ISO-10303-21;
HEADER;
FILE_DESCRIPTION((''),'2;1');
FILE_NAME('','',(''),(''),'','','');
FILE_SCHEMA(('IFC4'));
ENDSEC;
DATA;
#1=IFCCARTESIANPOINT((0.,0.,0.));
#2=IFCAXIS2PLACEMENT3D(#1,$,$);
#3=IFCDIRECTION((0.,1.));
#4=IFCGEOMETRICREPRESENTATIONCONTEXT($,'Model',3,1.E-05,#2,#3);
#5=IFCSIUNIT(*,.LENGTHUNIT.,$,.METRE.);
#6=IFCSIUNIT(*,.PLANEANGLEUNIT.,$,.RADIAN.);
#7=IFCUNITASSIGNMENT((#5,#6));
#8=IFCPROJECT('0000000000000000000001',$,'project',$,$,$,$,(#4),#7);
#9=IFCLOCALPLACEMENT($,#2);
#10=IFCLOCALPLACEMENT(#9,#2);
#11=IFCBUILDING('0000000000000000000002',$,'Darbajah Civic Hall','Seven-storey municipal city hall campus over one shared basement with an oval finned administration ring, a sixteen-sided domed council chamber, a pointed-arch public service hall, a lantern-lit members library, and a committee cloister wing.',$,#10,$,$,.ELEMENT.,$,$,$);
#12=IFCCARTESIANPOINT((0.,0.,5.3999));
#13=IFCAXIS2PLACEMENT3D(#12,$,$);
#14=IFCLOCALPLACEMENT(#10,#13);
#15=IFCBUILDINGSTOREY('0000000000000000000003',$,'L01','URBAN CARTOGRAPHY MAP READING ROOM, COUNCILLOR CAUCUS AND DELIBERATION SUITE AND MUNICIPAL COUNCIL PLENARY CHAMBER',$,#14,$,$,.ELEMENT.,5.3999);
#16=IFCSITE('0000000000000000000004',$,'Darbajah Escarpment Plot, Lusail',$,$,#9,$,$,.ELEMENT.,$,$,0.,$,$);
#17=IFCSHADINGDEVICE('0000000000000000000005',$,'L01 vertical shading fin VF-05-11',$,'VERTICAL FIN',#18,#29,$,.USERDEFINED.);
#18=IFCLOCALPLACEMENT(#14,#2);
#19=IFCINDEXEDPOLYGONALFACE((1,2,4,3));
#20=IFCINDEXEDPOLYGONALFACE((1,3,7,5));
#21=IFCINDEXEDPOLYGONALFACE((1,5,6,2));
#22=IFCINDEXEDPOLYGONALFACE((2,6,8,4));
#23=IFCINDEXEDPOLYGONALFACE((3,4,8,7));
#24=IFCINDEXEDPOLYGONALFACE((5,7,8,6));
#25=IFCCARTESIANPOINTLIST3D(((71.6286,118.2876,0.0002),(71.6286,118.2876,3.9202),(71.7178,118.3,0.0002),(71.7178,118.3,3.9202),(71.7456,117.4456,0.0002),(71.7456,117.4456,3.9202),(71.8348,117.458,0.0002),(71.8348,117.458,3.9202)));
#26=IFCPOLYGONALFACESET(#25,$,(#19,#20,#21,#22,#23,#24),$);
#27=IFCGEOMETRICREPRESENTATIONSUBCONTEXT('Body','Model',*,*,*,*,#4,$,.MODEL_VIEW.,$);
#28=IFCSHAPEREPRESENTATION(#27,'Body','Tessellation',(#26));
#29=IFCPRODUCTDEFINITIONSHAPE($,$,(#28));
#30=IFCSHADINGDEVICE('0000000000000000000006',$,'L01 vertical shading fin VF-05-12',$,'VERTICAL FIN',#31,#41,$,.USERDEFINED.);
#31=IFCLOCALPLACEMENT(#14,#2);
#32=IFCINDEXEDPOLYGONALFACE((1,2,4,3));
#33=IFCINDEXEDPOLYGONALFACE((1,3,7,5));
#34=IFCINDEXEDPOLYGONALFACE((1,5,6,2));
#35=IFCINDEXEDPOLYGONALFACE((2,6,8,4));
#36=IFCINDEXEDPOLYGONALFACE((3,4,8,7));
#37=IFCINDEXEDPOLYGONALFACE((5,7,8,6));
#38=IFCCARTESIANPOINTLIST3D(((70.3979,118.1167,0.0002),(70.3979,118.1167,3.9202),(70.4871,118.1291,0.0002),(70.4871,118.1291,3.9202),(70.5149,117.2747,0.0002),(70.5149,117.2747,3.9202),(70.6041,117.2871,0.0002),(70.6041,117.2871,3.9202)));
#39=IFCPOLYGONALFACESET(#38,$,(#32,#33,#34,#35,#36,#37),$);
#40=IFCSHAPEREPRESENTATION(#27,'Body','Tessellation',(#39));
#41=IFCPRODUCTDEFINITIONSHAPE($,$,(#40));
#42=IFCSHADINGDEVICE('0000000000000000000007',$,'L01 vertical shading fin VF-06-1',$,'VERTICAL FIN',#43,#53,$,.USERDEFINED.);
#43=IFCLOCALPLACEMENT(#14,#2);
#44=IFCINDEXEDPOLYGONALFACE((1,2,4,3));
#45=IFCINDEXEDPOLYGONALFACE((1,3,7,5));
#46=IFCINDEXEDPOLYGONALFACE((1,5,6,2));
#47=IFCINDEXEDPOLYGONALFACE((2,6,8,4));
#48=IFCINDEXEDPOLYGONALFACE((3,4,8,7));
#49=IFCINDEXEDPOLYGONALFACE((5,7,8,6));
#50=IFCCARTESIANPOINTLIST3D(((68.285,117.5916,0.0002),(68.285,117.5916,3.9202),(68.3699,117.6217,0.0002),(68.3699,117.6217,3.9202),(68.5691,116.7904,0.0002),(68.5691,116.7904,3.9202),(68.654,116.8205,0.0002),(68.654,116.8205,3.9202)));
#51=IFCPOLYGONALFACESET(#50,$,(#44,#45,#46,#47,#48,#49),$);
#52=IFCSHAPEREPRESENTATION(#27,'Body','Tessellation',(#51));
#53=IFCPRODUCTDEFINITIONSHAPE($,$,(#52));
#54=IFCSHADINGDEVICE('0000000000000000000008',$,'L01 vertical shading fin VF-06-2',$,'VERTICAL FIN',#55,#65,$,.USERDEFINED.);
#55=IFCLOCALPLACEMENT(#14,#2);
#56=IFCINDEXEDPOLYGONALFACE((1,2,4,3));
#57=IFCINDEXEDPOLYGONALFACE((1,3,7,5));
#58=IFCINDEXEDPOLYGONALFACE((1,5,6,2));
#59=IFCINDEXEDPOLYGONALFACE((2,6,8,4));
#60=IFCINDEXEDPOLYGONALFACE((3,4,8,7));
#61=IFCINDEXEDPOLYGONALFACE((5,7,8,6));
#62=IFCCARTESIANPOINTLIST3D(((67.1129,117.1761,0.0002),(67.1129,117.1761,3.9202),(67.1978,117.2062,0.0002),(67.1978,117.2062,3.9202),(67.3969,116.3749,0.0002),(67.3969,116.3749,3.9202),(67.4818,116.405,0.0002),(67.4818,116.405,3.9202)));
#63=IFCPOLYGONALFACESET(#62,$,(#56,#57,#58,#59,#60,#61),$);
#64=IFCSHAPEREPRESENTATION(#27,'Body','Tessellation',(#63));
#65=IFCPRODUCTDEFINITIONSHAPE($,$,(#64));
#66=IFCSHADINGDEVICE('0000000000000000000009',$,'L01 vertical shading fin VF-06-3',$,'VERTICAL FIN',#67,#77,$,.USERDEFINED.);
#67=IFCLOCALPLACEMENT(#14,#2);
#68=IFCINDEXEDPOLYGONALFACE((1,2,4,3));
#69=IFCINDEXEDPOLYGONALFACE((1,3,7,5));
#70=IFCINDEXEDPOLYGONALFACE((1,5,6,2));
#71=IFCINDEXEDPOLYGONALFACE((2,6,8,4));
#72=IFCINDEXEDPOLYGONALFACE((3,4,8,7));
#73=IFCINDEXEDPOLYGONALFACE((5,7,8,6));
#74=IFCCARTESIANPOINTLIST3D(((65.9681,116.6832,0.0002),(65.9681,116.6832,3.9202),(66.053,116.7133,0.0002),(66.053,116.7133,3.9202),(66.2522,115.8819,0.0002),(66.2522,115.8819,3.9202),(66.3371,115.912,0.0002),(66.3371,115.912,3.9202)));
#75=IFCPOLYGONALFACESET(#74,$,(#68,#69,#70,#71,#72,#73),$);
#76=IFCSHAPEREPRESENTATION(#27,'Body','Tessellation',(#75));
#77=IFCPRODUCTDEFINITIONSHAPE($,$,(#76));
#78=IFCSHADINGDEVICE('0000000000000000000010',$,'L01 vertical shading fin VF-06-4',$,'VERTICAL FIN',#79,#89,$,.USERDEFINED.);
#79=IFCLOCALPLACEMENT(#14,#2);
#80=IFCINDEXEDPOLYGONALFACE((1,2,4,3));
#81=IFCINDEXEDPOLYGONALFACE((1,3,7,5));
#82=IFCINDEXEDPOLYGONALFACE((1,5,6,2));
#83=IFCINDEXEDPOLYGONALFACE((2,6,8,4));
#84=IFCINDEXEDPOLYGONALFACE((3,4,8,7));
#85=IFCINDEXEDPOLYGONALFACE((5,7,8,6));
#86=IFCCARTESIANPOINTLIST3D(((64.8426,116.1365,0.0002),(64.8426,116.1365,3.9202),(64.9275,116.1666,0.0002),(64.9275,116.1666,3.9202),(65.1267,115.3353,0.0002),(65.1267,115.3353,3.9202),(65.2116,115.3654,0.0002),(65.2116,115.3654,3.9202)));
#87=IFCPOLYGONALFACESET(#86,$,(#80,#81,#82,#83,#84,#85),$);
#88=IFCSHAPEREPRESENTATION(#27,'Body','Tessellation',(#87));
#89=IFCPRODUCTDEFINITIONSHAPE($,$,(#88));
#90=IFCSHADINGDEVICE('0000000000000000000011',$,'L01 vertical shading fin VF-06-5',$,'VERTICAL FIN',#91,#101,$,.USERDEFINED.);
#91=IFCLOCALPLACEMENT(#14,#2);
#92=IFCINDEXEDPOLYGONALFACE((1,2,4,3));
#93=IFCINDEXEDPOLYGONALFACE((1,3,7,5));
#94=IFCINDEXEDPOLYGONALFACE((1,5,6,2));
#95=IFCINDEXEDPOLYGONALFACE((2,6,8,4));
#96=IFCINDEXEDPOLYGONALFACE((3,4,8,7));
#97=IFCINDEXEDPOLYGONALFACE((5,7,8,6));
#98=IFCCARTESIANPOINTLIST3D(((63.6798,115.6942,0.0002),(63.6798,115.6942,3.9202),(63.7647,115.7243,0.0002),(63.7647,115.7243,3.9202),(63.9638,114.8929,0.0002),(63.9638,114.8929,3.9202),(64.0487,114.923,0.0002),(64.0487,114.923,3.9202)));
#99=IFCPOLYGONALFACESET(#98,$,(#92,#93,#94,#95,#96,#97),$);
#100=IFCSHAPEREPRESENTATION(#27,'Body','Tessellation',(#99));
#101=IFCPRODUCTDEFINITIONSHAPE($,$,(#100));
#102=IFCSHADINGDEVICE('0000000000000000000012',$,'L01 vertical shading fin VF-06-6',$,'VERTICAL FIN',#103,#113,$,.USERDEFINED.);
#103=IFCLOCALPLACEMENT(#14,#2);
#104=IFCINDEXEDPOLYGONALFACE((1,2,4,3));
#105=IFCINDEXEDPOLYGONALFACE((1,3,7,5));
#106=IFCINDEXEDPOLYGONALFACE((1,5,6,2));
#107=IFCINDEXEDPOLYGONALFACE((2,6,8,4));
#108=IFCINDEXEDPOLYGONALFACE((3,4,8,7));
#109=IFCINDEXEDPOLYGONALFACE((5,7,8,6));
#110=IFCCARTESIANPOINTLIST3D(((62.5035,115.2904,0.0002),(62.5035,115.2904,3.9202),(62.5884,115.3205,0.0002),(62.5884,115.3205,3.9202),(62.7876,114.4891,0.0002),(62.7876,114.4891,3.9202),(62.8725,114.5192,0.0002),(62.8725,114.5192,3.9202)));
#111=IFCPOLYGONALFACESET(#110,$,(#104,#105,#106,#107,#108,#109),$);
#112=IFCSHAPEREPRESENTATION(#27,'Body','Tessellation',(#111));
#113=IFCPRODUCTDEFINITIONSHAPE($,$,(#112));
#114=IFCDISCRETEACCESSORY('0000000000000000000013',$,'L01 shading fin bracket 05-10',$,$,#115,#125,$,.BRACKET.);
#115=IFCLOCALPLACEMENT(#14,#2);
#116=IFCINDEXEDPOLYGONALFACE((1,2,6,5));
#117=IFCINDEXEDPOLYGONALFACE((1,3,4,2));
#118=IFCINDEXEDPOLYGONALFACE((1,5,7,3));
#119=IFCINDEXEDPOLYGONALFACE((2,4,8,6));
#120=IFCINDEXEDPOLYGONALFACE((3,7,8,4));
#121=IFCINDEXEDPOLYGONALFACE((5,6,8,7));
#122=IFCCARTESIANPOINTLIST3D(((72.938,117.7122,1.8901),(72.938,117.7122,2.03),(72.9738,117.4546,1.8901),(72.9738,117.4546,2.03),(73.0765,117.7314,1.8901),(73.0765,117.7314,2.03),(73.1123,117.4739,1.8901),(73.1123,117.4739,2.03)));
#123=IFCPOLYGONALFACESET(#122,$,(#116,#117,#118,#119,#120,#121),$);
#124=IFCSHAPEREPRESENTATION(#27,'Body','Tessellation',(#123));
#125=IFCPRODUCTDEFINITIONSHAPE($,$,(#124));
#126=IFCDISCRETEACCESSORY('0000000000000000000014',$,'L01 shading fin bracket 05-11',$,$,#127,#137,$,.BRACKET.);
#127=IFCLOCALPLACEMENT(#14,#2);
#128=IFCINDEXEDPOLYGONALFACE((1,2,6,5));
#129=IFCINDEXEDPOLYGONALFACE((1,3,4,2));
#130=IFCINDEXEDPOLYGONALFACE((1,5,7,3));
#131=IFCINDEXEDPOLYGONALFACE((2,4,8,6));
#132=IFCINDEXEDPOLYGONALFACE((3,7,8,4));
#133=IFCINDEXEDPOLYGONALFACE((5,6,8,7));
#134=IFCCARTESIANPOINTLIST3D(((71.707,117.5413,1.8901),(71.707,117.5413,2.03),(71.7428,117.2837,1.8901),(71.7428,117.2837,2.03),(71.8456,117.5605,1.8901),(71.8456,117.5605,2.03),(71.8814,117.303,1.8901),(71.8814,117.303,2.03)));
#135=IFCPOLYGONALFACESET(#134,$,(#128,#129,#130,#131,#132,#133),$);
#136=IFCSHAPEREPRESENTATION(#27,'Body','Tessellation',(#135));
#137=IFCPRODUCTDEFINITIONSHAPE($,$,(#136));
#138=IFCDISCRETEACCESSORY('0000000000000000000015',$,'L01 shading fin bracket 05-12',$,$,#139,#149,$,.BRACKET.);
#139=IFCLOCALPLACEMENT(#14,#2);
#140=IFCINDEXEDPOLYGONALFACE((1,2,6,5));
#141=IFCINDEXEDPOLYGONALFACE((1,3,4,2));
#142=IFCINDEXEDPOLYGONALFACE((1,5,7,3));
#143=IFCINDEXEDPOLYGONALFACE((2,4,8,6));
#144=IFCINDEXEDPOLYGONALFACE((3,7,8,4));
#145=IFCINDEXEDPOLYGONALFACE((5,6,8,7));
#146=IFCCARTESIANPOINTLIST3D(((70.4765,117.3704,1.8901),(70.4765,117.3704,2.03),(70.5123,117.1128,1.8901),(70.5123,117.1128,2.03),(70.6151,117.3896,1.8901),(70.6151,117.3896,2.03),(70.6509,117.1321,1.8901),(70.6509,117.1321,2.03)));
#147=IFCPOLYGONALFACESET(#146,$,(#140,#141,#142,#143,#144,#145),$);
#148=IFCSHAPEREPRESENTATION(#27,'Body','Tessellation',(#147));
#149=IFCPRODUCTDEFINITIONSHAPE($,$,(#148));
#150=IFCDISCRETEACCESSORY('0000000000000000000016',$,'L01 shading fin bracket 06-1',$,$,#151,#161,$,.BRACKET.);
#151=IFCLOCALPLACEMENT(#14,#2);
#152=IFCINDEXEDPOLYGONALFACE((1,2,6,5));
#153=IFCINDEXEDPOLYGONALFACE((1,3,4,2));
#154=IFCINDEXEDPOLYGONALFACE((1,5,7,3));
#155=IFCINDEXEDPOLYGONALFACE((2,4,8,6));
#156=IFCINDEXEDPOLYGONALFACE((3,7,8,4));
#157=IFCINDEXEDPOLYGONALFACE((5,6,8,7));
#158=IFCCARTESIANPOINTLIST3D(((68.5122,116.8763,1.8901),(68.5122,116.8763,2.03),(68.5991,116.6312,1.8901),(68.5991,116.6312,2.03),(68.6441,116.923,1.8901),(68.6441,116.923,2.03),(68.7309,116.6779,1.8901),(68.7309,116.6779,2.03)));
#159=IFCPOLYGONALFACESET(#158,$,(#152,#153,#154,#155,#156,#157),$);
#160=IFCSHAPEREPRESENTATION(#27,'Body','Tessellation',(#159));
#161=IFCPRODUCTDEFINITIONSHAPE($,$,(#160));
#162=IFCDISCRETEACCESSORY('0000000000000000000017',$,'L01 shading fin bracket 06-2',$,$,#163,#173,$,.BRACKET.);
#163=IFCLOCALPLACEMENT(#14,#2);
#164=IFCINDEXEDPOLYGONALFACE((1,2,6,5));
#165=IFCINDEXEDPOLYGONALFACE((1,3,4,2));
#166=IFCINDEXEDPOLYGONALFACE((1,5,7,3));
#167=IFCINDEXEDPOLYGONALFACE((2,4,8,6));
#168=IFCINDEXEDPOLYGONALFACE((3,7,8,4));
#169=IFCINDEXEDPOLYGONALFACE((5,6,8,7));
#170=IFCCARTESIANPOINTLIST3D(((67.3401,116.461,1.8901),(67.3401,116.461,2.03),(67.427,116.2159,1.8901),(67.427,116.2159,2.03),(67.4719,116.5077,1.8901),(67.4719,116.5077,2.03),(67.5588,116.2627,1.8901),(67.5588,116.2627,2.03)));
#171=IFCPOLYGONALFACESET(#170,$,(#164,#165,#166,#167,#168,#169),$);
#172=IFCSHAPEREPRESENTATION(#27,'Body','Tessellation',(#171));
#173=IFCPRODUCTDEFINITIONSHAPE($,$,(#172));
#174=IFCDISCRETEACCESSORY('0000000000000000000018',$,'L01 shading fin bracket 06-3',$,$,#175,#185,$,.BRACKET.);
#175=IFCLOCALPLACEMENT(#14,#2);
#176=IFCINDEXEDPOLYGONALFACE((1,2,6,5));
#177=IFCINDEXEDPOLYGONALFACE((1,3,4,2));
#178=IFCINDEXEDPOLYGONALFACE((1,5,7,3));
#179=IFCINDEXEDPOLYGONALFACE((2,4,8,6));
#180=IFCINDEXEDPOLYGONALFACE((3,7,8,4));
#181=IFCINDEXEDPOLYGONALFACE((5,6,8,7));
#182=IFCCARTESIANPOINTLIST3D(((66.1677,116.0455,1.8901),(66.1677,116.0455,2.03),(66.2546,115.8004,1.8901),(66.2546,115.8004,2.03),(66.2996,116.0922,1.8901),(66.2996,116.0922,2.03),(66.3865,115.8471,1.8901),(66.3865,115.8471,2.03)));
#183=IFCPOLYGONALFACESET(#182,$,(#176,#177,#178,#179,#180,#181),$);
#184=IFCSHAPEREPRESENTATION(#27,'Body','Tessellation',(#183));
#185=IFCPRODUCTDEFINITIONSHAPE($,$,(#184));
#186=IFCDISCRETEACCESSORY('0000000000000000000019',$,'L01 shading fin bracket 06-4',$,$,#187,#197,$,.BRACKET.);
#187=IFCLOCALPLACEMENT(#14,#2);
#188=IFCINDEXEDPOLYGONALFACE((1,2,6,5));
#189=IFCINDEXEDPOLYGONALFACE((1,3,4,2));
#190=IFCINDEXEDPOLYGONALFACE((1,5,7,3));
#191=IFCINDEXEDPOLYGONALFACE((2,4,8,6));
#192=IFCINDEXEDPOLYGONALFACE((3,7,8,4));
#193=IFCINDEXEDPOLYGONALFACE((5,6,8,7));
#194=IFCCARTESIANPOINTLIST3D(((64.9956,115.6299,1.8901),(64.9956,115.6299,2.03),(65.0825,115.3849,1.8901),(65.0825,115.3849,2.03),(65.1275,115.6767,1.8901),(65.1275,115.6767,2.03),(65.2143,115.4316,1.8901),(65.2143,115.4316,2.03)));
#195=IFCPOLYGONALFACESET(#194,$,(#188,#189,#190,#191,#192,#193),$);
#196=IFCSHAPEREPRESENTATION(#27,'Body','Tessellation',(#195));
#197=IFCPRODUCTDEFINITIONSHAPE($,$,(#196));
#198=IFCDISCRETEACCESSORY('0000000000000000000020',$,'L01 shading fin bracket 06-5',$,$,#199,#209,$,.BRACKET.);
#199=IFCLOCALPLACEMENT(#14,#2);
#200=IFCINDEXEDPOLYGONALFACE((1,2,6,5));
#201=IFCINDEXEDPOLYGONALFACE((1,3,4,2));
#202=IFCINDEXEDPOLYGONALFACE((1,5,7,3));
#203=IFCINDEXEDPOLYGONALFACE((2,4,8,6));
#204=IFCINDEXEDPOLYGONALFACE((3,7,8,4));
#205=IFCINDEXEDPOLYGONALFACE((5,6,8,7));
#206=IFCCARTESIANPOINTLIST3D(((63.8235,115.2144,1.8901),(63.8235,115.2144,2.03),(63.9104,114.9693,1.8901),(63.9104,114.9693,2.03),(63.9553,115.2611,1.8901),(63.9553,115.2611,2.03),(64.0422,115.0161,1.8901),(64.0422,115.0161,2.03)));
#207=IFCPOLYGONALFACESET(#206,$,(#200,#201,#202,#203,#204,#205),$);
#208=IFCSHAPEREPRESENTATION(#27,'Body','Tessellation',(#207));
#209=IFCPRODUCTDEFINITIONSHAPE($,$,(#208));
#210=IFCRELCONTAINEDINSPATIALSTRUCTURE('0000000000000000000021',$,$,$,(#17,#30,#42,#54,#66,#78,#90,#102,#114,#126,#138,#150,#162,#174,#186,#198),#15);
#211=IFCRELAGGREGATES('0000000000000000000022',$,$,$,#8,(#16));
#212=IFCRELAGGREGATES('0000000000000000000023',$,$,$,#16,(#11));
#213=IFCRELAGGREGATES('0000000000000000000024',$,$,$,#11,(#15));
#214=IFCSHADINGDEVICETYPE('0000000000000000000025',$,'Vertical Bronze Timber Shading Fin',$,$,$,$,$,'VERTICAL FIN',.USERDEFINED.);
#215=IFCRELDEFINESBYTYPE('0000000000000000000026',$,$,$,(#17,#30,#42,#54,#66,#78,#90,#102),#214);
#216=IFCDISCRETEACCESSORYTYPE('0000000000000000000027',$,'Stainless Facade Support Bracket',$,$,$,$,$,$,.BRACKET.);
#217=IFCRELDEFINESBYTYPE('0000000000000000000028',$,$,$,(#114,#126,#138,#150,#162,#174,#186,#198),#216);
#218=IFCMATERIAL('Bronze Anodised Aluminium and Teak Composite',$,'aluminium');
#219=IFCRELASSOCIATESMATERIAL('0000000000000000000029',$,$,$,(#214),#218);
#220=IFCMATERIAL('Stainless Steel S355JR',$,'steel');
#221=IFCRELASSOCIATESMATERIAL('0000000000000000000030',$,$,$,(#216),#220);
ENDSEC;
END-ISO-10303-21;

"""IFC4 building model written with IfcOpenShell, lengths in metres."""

from ifc_helpers import new_model, si_unit, direction, frame, origin, origin_2d, place, context, subcontext, project, spatial, rectangle, extrude, material, type_object, element, save


model = new_model("IFC4")

# Units and contexts
model_context = context("Model", 3, precision=1e-05, world=origin(), true_north=direction((0.0, 1.0)))
body_context = subcontext(model_context, "Body", "Model", "MODEL_VIEW")
ifc_project = project(units=[si_unit("LENGTHUNIT", "METRE"), si_unit("PLANEANGLEUNIT", "RADIAN")], contexts=[model_context])

# Site, building, storey
site_placement = place(None, origin())
site = spatial("IfcSite", under=ifc_project, at=site_placement, Name="Darbajah Escarpment Plot, Lusail", CompositionType="ELEMENT", RefElevation=0.0)
building_placement = place(site_placement, origin())
building = spatial("IfcBuilding", under=site, at=building_placement, Name="Darbajah Civic Hall", Description="Seven-storey municipal city hall campus over one shared basement with an oval finned administration ring, a sixteen-sided domed council chamber, a pointed-arch public service hall, a lantern-lit members library, and a committee cloister wing.", CompositionType="ELEMENT")
storey_placement = place(building_placement, frame((0.0, 0.0, 5.3999)))
storey = spatial("IfcBuildingStorey", under=building, at=storey_placement, Name="L01", Description="URBAN CARTOGRAPHY MAP READING ROOM, COUNCILLOR CAUCUS AND DELIBERATION SUITE AND MUNICIPAL COUNCIL PLENARY CHAMBER", CompositionType="ELEMENT", Elevation=5.3999)

# Shading devices
ifc_material_1 = material(Name="Bronze Anodised Aluminium and Teak Composite", Category="aluminium")
shading_device_type = type_object("IfcShadingDeviceType", Name="Vertical Bronze Timber Shading Fin", ElementType="VERTICAL FIN", PredefinedType="USERDEFINED", material=ifc_material_1)
for number, where, z_axis, x_axis, name in (
    (1, (71.7317, 117.8728, 0.0002), (0.0, 0.0, 1.0), (-0.137617, 0.990485, 0.0), "L01 vertical shading fin VF-05-11"),
    (2, (70.501, 117.7019, 0.0002), (0.0, 0.0, 1.0), (-0.137617, 0.990485, 0.0), "L01 vertical shading fin VF-05-12"),
    (3, (68.4695, 117.2061, 0.0002), (0.0, 0.0, 1.0), (-0.334136, 0.942525, 0.0), "L01 vertical shading fin VF-06-1"),
    (4, (67.2974, 116.7905, 0.0002), (0.0, 0.0, 1.0), (-0.334136, 0.942525, 0.0), "L01 vertical shading fin VF-06-2"),
    (5, (66.1526, 116.2976, 0.0002), (0.0, 0.0, 1.0), (-0.334136, 0.942525, 0.0), "L01 vertical shading fin VF-06-3"),
    (6, (65.0271, 115.751, 0.0002), (0.0, 0.0, 1.0), (-0.334136, 0.942525, 0.0), "L01 vertical shading fin VF-06-4"),
    (7, (63.8643, 115.3086, 0.0002), (0.0, 0.0, 1.0), (-0.334136, 0.942525, 0.0), "L01 vertical shading fin VF-06-5"),
    (8, (62.688, 114.9048, 0.0002), (0.0, 0.0, 1.0), (-0.334136, 0.942525, 0.0), "L01 vertical shading fin VF-06-6"),
):
    element("IfcShadingDevice", number, at=place(storey_placement, frame(where, z_axis=z_axis, x_axis=x_axis)), inside=storey, type_object=shading_device_type, Name=name, ObjectType="VERTICAL FIN", PredefinedType="USERDEFINED", context=body_context, shape_type="SweptSolid", body=[
        extrude(rectangle(XDim=0.8501, YDim=0.0901, at=origin_2d()), origin(), (0.0, 0.0, 1.0), 3.9199),
    ])

# Discrete accessories
ifc_material_2 = material(Name="Stainless Steel S355JR", Category="steel")
discrete_accessory_type = type_object("IfcDiscreteAccessoryType", Name="Stainless Facade Support Bracket", PredefinedType="BRACKET", material=ifc_material_2)
for number, where, z_axis, x_axis, name in (
    (9, (73.0251, 117.593, 1.8901), (0.0, 0.0, 1.0), (-0.137617, 0.990485, 0.0), "L01 shading fin bracket 05-10"),
    (10, (71.7942, 117.4221, 1.8901), (0.0, 0.0, 1.0), (-0.137617, 0.990485, 0.0), "L01 shading fin bracket 05-11"),
    (11, (70.5637, 117.2512, 1.8901), (0.0, 0.0, 1.0), (-0.137617, 0.990485, 0.0), "L01 shading fin bracket 05-12"),
    (12, (68.6216, 116.7771, 1.8901), (0.0, 0.0, 1.0), (-0.334136, 0.942525, 0.0), "L01 shading fin bracket 06-1"),
    (13, (67.4495, 116.3618, 1.8901), (0.0, 0.0, 1.0), (-0.334136, 0.942525, 0.0), "L01 shading fin bracket 06-2"),
    (14, (66.2771, 115.9463, 1.8901), (0.0, 0.0, 1.0), (-0.334136, 0.942525, 0.0), "L01 shading fin bracket 06-3"),
    (15, (65.105, 115.5308, 1.8901), (0.0, 0.0, 1.0), (-0.334136, 0.942525, 0.0), "L01 shading fin bracket 06-4"),
    (16, (63.9329, 115.1152, 1.8901), (0.0, 0.0, 1.0), (-0.334136, 0.942525, 0.0), "L01 shading fin bracket 06-5"),
):
    element("IfcDiscreteAccessory", number, at=place(storey_placement, frame(where, z_axis=z_axis, x_axis=x_axis)), inside=storey, type_object=discrete_accessory_type, Name=name, PredefinedType="BRACKET", context=body_context, shape_type="SweptSolid", body=[
        extrude(rectangle(XDim=0.26, YDim=0.1399, at=origin_2d()), origin(), (0.0, 0.0, 1.0), 0.1399),
    ])

save(model, "model.ifc")
